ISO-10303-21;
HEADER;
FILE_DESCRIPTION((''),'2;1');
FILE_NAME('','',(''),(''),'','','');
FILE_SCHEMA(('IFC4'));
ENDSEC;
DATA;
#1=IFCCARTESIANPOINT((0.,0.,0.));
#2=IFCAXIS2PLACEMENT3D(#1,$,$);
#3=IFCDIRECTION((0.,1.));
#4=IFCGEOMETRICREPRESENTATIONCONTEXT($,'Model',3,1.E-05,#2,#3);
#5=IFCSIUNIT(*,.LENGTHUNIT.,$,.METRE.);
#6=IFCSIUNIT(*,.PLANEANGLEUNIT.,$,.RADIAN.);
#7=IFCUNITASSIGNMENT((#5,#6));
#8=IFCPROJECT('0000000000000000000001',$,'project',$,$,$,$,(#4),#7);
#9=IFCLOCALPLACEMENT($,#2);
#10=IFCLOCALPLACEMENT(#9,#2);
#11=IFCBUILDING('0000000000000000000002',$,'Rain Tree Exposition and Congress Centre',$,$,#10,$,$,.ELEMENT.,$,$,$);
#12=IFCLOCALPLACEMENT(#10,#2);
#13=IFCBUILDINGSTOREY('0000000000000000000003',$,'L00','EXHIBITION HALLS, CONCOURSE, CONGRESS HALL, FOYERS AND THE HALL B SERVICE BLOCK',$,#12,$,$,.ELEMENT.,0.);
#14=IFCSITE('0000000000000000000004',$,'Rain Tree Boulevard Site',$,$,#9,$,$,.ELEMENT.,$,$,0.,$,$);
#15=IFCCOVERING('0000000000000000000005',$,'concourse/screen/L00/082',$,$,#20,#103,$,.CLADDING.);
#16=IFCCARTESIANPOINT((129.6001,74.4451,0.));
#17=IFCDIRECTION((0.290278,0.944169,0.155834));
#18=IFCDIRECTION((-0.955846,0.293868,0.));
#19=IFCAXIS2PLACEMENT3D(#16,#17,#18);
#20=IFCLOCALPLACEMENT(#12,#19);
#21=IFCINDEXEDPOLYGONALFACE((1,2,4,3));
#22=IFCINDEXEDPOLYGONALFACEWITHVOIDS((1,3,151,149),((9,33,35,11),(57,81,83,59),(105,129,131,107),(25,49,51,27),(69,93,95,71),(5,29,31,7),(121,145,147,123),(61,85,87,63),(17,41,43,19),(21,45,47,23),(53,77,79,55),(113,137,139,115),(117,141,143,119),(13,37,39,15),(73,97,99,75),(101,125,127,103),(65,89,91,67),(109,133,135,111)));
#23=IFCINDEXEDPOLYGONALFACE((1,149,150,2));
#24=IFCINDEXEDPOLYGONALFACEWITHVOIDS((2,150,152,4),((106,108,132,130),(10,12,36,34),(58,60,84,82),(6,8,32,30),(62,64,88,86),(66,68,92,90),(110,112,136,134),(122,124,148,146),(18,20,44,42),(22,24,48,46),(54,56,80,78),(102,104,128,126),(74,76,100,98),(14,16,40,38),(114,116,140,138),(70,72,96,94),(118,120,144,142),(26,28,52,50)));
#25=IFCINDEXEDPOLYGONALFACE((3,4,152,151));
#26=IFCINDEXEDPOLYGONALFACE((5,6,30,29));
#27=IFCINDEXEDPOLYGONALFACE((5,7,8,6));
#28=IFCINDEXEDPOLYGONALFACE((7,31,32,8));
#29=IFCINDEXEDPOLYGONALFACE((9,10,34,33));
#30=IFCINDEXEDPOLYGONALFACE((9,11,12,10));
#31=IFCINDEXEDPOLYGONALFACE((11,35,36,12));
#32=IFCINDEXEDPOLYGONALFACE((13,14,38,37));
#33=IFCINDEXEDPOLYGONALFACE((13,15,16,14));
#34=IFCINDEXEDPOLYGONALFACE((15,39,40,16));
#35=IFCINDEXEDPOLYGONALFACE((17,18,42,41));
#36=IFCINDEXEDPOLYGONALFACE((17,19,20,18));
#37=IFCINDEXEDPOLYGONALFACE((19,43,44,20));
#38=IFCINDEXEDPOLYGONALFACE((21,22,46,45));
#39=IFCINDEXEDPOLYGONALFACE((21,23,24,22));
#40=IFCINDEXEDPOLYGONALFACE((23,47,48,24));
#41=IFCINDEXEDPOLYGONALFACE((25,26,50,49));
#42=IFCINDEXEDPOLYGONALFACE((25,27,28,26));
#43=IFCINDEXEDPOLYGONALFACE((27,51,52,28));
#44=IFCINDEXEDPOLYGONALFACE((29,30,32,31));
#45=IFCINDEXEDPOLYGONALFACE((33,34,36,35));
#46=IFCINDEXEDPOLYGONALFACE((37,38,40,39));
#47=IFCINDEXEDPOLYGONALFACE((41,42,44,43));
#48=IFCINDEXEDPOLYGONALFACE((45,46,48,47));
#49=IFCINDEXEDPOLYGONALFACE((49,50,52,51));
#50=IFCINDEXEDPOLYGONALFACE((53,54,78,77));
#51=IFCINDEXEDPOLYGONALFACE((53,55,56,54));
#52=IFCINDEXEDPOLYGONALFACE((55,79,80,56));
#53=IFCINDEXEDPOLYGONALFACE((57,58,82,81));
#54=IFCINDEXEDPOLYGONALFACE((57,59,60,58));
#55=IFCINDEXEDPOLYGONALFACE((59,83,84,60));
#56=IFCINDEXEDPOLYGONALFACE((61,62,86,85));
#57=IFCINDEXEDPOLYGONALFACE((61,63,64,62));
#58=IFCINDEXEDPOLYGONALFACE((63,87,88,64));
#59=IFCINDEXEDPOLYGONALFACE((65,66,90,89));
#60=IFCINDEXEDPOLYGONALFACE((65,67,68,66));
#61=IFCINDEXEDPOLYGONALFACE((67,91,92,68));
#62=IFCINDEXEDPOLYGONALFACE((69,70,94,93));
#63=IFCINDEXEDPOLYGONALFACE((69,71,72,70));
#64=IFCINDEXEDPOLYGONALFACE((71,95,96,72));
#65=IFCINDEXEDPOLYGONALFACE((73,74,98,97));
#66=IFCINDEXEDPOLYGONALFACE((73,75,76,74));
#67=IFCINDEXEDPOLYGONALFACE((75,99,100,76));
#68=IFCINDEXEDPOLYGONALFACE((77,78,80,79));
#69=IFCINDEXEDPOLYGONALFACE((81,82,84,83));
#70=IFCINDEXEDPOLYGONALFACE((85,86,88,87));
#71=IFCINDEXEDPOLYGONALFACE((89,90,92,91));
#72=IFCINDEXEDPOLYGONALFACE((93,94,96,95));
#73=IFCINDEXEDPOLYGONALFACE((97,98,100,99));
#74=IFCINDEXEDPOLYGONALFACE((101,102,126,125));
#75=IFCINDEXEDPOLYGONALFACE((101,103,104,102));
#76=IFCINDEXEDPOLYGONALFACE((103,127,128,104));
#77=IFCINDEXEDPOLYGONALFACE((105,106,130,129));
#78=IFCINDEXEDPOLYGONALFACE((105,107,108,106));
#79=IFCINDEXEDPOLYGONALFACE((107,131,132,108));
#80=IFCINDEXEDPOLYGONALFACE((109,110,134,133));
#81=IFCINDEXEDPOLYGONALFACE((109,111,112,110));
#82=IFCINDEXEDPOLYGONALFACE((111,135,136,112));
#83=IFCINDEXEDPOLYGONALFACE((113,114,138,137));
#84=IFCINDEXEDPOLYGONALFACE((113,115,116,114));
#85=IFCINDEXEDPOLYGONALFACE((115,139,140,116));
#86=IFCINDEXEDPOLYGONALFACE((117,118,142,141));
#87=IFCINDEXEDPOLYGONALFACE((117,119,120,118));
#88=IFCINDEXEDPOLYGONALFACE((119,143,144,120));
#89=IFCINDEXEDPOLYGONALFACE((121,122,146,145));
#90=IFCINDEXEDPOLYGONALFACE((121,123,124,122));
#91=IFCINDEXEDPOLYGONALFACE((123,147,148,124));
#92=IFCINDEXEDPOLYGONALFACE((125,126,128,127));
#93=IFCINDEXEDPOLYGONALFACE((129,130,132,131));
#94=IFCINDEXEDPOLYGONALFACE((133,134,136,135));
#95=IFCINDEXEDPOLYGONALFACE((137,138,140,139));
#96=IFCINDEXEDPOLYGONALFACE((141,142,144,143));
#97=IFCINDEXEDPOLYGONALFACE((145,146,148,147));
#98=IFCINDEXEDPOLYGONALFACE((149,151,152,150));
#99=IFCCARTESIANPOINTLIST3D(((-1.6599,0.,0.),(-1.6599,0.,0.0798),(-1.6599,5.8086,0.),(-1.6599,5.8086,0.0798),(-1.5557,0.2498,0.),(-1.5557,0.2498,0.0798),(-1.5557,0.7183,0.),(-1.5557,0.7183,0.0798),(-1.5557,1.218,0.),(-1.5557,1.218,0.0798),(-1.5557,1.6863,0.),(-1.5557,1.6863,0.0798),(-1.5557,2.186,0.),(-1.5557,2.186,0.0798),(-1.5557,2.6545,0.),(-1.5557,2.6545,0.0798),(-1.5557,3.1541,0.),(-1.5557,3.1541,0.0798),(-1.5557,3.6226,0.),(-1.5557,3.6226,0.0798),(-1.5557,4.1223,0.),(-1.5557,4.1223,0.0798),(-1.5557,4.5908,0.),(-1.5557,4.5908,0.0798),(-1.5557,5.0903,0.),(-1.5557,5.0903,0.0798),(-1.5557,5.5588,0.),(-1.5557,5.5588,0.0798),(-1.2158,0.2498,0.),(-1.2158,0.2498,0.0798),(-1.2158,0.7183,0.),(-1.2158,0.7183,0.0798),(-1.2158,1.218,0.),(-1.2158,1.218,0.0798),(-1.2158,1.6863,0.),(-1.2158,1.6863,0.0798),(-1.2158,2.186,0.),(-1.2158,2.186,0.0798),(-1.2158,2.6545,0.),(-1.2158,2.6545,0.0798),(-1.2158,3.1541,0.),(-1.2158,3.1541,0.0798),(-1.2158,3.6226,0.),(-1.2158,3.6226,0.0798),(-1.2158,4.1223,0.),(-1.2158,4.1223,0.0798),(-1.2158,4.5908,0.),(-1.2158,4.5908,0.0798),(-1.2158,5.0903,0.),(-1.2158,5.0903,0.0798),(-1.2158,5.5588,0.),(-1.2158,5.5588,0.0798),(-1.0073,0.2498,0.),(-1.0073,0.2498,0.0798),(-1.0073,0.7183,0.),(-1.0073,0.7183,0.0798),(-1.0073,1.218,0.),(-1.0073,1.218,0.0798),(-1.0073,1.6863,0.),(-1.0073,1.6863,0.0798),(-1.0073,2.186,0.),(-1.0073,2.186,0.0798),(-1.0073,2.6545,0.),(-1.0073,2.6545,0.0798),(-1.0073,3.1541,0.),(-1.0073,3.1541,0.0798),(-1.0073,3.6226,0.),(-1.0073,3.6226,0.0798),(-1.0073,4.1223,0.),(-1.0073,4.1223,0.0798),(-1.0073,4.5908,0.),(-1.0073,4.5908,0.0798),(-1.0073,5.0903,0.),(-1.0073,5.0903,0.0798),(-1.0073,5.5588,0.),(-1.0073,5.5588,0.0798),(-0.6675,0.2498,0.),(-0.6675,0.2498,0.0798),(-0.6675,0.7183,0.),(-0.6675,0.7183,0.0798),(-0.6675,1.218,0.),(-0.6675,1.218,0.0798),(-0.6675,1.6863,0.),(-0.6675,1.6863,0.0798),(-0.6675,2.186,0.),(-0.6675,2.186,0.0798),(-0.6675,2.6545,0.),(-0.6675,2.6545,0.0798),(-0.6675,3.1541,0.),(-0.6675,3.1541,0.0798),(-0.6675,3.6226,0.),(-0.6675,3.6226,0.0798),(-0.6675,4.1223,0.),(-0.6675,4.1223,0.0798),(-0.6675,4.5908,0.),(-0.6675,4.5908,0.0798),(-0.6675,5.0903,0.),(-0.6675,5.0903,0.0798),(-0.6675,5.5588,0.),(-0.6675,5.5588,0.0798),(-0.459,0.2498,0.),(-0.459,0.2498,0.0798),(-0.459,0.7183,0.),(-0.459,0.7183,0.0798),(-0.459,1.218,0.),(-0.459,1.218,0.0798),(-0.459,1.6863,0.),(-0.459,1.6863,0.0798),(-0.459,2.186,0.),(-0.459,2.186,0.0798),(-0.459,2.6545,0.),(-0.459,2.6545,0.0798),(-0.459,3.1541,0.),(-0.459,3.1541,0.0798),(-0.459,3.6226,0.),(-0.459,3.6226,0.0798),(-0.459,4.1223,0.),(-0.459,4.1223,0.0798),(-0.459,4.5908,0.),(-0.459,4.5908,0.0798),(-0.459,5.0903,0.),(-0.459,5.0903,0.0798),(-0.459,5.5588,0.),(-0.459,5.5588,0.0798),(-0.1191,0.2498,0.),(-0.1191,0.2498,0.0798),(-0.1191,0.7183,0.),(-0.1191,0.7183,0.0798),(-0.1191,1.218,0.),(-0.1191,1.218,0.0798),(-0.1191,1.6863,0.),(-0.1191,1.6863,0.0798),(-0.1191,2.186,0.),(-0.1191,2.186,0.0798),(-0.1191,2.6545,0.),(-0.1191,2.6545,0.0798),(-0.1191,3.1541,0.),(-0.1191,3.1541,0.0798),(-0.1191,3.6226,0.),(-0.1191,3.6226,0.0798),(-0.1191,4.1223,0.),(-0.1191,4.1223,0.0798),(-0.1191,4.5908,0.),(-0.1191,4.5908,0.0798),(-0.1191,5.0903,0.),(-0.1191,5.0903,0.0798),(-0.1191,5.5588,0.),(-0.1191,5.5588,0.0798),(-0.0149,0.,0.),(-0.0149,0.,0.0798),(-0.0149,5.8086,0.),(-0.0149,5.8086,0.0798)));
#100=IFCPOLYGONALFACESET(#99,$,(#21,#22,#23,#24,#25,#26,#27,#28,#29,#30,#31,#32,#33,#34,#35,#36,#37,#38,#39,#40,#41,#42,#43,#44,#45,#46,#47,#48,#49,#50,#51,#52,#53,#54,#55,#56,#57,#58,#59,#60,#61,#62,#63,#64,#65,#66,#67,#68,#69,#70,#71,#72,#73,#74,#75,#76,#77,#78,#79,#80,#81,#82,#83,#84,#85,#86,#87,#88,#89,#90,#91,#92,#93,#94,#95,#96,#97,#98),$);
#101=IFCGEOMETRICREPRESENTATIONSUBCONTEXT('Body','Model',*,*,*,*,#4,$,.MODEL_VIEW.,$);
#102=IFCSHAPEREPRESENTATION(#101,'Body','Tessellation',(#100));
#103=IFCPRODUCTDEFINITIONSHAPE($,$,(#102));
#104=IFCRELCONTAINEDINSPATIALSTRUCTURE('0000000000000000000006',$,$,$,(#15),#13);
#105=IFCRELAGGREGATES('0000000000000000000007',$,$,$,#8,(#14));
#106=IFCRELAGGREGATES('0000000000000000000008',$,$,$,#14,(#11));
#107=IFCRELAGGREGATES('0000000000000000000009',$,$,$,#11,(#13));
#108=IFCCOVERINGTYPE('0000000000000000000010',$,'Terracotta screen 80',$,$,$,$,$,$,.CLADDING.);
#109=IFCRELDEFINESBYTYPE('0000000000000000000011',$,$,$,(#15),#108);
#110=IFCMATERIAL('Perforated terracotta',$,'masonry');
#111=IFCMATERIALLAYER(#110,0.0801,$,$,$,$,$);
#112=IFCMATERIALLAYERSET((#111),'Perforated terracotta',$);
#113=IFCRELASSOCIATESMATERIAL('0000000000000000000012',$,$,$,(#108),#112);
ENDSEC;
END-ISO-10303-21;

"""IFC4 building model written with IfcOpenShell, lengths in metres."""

from ifc_helpers import new_model, si_unit, direction, frame, origin, place, context, subcontext, project, spatial, polyline, outline, extrude, material, layer, layer_set, type_object, element, save


model = new_model("IFC4")

# Units and contexts
model_context = context("Model", 3, precision=1e-05, world=origin(), true_north=direction((0.0, 1.0)))
body_context = subcontext(model_context, "Body", "Model", "MODEL_VIEW")
ifc_project = project(units=[si_unit("LENGTHUNIT", "METRE"), si_unit("PLANEANGLEUNIT", "RADIAN")], contexts=[model_context])

# Site, building, storey
site_placement = place(None, origin())
site = spatial("IfcSite", under=ifc_project, at=site_placement, Name="Rain Tree Boulevard Site", CompositionType="ELEMENT", RefElevation=0.0)
building_placement = place(site_placement, origin())
building = spatial("IfcBuilding", under=site, at=building_placement, Name="Rain Tree Exposition and Congress Centre", CompositionType="ELEMENT")
storey_placement = place(building_placement, origin())
storey = spatial("IfcBuildingStorey", under=building, at=storey_placement, Name="L00", Description="EXHIBITION HALLS, CONCOURSE, CONGRESS HALL, FOYERS AND THE HALL B SERVICE BLOCK", CompositionType="ELEMENT", Elevation=0.0)

# Covering
ifc_material_1 = material(Name="Perforated terracotta", Category="masonry")
ifc_layer_1 = layer(ifc_material_1, 0.0801)
ifc_layer_set_1 = layer_set([ifc_layer_1], Name="Perforated terracotta")
covering_type = type_object("IfcCoveringType", Name="Terracotta screen 80", PredefinedType="CLADDING", material=ifc_layer_set_1)
covering_1_placement = place(storey_placement, frame((129.6001, 74.4451, 0.0), z_axis=(0.290278, 0.944169, 0.155834), x_axis=(-0.955846, 0.293868, 0.0)))
element("IfcCovering", 1, at=covering_1_placement, inside=storey, type_object=covering_type, Name="concourse/screen/L00/082", PredefinedType="CLADDING", context=body_context, shape_type="SweptSolid", body=[
    extrude(outline(polyline([(-0.0149, 0.0), (-1.6599, 0.0), (-1.6599, 5.8086), (-0.0149, 5.8086), (-0.0149, 0.0)]), holes=[polyline([(-0.1191, 0.2498), (-0.1191, 0.7183), (-0.459, 0.7183), (-0.459, 0.2498), (-0.1191, 0.2498)]), polyline([(-0.1191, 1.218), (-0.1191, 1.6863), (-0.459, 1.6863), (-0.459, 1.218), (-0.1191, 1.218)]), polyline([(-0.1191, 2.186), (-0.1191, 2.6545), (-0.459, 2.6545), (-0.459, 2.186), (-0.1191, 2.186)]), polyline([(-0.1191, 3.1541), (-0.1191, 3.6226), (-0.459, 3.6226), (-0.459, 3.1541), (-0.1191, 3.1541)]), polyline([(-0.1191, 4.1223), (-0.1191, 4.5908), (-0.459, 4.5908), (-0.459, 4.1223), (-0.1191, 4.1223)]), polyline([(-0.1191, 5.0903), (-0.1191, 5.5588), (-0.459, 5.5588), (-0.459, 5.0903), (-0.1191, 5.0903)]), polyline([(-0.6675, 0.2498), (-0.6675, 0.7183), (-1.0073, 0.7183), (-1.0073, 0.2498), (-0.6675, 0.2498)]), polyline([(-0.6675, 1.218), (-0.6675, 1.6863), (-1.0073, 1.6863), (-1.0073, 1.218), (-0.6675, 1.218)]), polyline([(-0.6675, 2.186), (-0.6675, 2.6545), (-1.0073, 2.6545), (-1.0073, 2.186), (-0.6675, 2.186)]), polyline([(-0.6675, 3.1541), (-0.6675, 3.6226), (-1.0073, 3.6226), (-1.0073, 3.1541), (-0.6675, 3.1541)]), polyline([(-0.6675, 4.1223), (-0.6675, 4.5908), (-1.0073, 4.5908), (-1.0073, 4.1223), (-0.6675, 4.1223)]), polyline([(-0.6675, 5.0903), (-0.6675, 5.5588), (-1.0073, 5.5588), (-1.0073, 5.0903), (-0.6675, 5.0903)]), polyline([(-1.2158, 0.2498), (-1.2158, 0.7183), (-1.5557, 0.7183), (-1.5557, 0.2498), (-1.2158, 0.2498)]), polyline([(-1.2158, 1.218), (-1.2158, 1.6863), (-1.5557, 1.6863), (-1.5557, 1.218), (-1.2158, 1.218)]), polyline([(-1.2158, 2.186), (-1.2158, 2.6545), (-1.5557, 2.6545), (-1.5557, 2.186), (-1.2158, 2.186)]), polyline([(-1.2158, 3.1541), (-1.2158, 3.6226), (-1.5557, 3.6226), (-1.5557, 3.1541), (-1.2158, 3.1541)]), polyline([(-1.2158, 4.1223), (-1.2158, 4.5908), (-1.5557, 4.5908), (-1.5557, 4.1223), (-1.2158, 4.1223)]), polyline([(-1.2158, 5.0903), (-1.2158, 5.5588), (-1.5557, 5.5588), (-1.5557, 5.0903), (-1.2158, 5.0903)])]), origin(), (0.0, 0.0, 1.0), 0.0798),
])

save(model, "model.ifc")
